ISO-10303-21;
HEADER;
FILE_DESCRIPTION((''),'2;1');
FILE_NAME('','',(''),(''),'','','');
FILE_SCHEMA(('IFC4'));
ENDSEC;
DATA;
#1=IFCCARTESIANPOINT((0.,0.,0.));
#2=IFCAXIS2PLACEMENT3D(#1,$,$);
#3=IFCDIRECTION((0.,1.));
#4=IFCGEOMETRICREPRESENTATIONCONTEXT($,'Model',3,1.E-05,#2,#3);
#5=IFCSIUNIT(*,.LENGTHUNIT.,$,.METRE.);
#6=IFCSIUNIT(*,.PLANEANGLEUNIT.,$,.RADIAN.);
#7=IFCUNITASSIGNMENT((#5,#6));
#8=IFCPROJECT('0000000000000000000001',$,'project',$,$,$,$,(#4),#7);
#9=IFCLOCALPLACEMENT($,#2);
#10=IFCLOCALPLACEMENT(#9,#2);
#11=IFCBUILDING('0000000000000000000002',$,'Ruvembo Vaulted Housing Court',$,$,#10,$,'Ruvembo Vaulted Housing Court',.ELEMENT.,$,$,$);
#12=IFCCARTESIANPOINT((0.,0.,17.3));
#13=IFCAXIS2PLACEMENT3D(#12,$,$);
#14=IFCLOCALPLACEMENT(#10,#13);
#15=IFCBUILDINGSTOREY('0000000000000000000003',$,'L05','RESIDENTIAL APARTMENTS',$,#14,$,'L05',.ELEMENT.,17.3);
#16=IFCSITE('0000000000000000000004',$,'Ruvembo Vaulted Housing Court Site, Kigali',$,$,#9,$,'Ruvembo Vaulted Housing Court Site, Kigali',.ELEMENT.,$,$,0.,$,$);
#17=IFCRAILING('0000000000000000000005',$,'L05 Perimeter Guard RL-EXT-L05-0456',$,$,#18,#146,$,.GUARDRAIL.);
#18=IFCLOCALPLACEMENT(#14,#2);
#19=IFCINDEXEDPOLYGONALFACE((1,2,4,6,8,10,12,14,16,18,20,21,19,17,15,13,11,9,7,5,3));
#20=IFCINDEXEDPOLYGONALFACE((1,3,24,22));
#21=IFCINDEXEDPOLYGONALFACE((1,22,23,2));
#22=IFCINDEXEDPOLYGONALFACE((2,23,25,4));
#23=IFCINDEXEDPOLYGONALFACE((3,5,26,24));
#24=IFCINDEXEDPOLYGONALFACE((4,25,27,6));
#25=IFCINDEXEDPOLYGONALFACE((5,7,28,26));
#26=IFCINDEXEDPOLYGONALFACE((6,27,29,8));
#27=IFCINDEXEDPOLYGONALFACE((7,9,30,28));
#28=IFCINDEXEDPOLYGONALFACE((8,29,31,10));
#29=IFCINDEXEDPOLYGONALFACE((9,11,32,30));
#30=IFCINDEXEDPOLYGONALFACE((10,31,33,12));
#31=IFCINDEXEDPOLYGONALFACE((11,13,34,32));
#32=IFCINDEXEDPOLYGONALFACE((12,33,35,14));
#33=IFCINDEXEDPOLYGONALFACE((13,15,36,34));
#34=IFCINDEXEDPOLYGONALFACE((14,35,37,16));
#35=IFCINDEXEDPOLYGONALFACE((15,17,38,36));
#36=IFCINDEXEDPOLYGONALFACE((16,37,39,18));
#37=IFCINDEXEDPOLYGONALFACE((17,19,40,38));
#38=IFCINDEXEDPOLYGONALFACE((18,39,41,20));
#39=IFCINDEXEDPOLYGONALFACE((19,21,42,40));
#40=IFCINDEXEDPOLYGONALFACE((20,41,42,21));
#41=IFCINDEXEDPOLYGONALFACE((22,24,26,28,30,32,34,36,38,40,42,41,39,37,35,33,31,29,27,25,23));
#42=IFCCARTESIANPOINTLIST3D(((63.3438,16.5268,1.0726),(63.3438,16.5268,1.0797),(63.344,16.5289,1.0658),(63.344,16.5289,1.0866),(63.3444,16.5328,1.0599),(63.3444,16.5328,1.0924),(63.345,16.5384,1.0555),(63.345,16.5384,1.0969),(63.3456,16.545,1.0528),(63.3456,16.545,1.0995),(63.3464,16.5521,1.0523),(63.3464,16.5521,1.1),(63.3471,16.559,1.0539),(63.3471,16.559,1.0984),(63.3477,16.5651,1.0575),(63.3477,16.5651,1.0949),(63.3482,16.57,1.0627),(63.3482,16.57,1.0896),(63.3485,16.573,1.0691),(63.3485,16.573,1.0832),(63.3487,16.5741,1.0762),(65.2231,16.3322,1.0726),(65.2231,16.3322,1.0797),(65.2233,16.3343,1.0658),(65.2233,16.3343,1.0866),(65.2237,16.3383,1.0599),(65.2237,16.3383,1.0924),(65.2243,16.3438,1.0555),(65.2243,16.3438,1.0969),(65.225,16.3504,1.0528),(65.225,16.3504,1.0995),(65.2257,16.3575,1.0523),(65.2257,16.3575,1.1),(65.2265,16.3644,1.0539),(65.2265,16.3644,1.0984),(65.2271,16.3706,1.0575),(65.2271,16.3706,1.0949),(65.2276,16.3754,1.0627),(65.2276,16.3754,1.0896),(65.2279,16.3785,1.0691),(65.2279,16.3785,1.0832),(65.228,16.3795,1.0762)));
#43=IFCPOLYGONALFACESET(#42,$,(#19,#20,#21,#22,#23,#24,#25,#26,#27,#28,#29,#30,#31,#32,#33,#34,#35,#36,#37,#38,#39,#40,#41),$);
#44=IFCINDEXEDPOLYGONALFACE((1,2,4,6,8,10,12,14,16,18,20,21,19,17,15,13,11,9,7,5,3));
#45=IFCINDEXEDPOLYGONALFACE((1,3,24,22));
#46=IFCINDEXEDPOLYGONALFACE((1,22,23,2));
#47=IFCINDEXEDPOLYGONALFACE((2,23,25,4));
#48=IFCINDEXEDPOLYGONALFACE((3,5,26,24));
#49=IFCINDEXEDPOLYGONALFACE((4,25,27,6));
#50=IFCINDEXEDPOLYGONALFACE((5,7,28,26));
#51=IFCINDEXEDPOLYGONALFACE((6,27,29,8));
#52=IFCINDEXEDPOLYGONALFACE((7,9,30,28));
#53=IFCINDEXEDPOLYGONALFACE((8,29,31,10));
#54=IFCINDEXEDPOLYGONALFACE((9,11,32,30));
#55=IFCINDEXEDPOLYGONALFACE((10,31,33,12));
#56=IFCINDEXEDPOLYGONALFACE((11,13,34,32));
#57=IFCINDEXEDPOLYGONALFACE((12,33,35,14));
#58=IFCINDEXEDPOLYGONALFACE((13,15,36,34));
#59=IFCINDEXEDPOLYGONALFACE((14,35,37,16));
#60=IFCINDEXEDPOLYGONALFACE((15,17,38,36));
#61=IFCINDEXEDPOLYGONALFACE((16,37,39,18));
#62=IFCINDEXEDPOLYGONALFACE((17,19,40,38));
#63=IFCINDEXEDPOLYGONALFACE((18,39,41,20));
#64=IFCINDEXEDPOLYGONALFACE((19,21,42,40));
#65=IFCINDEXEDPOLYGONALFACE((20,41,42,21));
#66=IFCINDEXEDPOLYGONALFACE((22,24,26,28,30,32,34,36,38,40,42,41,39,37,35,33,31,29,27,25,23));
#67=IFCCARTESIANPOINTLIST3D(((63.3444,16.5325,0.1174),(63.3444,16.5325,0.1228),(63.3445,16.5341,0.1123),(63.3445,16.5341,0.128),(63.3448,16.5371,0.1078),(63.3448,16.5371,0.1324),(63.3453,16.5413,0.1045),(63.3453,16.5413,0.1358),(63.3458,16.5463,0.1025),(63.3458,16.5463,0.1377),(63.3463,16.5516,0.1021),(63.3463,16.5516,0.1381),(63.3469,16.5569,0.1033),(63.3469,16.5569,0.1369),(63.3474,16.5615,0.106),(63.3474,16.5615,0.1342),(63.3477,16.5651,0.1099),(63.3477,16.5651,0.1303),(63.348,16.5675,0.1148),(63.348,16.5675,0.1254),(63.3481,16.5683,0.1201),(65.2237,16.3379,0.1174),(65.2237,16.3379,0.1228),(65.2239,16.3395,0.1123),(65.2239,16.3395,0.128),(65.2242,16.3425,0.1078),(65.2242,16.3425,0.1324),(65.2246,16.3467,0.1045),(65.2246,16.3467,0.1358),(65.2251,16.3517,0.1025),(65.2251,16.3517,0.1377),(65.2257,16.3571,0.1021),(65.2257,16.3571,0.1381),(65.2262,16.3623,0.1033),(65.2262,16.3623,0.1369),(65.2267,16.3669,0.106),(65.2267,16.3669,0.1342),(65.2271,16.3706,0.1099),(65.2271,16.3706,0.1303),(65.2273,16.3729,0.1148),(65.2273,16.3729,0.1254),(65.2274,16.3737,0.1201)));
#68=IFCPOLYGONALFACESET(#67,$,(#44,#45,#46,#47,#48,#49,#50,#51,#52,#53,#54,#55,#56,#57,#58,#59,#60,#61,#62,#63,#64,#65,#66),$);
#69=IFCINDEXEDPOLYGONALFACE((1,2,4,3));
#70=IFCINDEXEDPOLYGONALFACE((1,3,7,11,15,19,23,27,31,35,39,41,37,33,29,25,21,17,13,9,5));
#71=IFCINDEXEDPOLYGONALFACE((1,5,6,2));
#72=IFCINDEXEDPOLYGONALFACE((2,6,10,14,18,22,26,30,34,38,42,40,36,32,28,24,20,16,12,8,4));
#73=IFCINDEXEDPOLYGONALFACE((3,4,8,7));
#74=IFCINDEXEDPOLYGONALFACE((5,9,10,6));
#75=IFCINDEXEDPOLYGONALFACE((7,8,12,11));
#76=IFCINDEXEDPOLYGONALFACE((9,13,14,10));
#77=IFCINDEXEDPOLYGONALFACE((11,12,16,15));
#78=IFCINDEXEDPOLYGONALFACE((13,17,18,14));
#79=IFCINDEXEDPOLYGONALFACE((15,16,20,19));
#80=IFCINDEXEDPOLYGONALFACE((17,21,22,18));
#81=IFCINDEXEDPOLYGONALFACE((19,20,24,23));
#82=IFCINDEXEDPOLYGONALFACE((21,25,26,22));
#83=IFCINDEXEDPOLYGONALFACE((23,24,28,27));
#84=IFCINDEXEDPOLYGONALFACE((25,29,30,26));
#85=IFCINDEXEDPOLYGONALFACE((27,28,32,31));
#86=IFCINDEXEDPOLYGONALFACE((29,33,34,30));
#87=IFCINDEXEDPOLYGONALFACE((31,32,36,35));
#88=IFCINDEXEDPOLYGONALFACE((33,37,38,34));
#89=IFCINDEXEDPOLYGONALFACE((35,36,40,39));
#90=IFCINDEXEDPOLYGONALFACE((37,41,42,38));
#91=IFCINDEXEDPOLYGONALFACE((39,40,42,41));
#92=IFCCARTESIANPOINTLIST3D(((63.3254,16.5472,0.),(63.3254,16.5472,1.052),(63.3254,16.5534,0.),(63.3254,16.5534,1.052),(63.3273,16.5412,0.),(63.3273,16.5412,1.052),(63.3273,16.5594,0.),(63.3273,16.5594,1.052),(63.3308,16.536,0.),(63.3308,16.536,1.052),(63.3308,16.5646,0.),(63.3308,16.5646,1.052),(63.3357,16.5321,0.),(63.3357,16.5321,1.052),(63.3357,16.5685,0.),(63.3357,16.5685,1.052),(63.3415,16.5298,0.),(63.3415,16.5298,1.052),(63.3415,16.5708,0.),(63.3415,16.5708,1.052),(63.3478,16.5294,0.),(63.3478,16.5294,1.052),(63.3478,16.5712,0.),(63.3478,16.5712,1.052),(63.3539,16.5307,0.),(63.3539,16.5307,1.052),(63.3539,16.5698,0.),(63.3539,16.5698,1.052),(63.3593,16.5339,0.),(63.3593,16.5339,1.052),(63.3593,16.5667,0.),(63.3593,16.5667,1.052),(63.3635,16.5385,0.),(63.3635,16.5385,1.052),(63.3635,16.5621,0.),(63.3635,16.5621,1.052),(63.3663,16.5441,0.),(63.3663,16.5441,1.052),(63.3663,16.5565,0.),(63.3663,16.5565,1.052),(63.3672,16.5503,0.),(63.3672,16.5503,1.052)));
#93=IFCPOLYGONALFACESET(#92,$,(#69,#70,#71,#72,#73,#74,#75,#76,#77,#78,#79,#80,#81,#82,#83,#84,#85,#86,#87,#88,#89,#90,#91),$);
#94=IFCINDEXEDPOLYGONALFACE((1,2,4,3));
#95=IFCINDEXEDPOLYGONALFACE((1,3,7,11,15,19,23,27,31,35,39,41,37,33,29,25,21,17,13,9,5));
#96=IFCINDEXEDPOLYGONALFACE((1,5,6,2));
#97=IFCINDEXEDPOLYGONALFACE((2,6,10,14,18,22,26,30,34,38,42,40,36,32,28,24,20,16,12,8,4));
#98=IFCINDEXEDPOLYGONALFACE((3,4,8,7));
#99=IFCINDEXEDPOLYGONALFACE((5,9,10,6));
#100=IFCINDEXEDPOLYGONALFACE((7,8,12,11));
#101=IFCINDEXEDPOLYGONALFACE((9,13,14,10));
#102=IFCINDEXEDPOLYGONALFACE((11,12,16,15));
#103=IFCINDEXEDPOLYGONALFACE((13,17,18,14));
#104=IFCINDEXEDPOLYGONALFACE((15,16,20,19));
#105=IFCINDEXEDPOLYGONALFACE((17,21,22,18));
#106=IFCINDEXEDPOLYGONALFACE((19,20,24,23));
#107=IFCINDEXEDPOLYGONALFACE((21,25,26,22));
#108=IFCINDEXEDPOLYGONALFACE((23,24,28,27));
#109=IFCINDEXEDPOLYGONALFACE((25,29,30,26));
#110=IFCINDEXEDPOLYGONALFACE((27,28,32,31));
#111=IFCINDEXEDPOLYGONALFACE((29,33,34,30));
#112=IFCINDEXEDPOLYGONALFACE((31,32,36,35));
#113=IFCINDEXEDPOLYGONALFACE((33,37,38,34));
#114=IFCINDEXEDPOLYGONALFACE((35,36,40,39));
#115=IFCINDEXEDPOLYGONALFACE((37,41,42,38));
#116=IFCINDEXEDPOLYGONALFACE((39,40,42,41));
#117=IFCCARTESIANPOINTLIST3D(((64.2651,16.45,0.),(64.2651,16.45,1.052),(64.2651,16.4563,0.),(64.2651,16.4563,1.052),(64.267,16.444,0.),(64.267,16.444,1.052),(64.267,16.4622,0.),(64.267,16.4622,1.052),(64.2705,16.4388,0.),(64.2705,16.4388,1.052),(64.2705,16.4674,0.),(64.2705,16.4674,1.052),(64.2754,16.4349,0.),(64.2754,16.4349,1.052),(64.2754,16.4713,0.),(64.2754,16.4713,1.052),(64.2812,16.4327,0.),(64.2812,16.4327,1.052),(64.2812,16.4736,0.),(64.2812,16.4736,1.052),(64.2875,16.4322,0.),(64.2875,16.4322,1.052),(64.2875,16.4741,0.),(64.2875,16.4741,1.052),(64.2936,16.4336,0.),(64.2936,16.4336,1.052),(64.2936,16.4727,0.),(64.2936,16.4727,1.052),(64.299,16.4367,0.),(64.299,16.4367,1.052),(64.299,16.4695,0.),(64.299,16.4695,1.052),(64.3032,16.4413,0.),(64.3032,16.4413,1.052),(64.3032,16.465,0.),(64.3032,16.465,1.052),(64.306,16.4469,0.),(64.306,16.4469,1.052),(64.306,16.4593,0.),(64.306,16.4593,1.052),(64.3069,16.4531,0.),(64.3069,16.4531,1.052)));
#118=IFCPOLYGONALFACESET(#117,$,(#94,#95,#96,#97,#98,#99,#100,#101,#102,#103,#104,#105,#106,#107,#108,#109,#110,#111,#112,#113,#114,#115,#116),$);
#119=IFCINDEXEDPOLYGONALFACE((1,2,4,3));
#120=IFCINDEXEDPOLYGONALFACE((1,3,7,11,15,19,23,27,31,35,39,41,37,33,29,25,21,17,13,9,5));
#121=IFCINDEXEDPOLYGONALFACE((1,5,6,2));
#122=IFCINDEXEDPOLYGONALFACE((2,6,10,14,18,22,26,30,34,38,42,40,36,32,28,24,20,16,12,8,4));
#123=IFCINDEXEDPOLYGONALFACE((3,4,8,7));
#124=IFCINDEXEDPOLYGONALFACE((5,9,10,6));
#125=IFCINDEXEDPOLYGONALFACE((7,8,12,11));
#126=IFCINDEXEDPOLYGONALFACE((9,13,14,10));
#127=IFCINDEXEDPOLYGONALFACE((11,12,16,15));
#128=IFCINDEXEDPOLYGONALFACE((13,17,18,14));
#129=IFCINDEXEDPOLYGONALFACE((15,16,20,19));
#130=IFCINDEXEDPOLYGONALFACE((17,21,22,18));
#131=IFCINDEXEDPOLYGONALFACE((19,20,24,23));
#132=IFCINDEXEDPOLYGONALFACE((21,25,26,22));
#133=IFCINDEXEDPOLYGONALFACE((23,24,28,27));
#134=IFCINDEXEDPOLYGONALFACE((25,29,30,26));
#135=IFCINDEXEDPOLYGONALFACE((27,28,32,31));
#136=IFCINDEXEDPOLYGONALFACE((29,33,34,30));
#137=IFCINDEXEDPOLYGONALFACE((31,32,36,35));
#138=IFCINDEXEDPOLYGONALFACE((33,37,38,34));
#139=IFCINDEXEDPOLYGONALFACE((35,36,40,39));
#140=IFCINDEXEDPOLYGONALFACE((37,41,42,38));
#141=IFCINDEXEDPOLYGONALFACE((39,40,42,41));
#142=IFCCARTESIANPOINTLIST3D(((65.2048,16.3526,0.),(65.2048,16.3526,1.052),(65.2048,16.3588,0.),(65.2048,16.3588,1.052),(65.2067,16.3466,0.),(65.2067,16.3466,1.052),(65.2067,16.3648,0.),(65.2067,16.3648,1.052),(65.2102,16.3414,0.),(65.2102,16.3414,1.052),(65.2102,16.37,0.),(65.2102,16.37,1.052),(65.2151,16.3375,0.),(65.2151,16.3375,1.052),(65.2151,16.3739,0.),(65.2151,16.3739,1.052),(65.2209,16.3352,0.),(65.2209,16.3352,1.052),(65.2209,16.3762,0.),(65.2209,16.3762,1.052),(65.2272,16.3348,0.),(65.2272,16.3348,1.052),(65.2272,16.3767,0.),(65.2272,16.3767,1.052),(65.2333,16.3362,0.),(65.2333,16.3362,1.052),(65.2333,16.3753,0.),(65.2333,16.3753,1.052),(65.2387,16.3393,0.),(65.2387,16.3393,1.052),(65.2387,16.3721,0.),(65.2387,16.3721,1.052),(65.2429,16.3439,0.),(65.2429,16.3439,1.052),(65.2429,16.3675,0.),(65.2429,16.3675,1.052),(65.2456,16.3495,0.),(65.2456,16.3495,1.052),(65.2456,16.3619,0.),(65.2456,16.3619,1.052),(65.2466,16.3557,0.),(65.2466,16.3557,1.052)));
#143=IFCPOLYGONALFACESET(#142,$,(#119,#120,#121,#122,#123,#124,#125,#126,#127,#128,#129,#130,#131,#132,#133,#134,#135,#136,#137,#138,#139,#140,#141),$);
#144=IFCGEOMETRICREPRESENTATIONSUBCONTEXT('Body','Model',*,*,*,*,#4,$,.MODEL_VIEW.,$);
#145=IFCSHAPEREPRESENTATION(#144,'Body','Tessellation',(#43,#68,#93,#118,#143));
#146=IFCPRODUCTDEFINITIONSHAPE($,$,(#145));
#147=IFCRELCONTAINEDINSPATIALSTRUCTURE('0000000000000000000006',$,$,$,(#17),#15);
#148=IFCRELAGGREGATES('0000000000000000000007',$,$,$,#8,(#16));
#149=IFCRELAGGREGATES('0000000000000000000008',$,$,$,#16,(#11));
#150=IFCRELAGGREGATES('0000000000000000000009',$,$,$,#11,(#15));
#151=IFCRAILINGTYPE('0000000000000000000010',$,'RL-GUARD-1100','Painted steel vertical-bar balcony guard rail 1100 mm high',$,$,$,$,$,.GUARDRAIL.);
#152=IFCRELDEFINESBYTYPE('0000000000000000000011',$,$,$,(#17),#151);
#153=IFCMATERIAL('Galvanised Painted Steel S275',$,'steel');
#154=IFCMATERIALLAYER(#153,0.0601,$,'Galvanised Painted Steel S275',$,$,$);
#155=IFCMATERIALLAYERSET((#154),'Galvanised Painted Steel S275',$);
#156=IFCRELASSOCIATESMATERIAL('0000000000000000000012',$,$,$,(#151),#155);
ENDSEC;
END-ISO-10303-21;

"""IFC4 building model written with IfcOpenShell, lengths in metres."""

from ifc_helpers import new_model, si_unit, direction, frame, origin, origin_2d, place, context, subcontext, project, spatial, circle, extrude, material, layer, layer_set, type_object, element, save


model = new_model("IFC4")

# Units and contexts
model_context = context("Model", 3, precision=1e-05, world=origin(), true_north=direction((0.0, 1.0)))
body_context = subcontext(model_context, "Body", "Model", "MODEL_VIEW")
ifc_project = project(units=[si_unit("LENGTHUNIT", "METRE"), si_unit("PLANEANGLEUNIT", "RADIAN")], contexts=[model_context])

# Site, building, storey
site_placement = place(None, origin())
site = spatial("IfcSite", under=ifc_project, at=site_placement, Name="Ruvembo Vaulted Housing Court Site, Kigali", LongName="Ruvembo Vaulted Housing Court Site, Kigali", CompositionType="ELEMENT", RefElevation=0.0)
building_placement = place(site_placement, origin())
building = spatial("IfcBuilding", under=site, at=building_placement, Name="Ruvembo Vaulted Housing Court", LongName="Ruvembo Vaulted Housing Court", CompositionType="ELEMENT")
storey_placement = place(building_placement, frame((0.0, 0.0, 17.3)))
storey = spatial("IfcBuildingStorey", under=building, at=storey_placement, Name="L05", Description="RESIDENTIAL APARTMENTS", LongName="L05", CompositionType="ELEMENT", Elevation=17.3)

# Railing
ifc_material_1 = material(Name="Galvanised Painted Steel S275", Category="steel")
ifc_layer = layer(ifc_material_1, 0.0601, Name="Galvanised Painted Steel S275")
ifc_layer_set = layer_set([ifc_layer], Name="Galvanised Painted Steel S275")
railing_type = type_object("IfcRailingType", Name="RL-GUARD-1100", Description="Painted steel vertical-bar balcony guard rail 1100 mm high", PredefinedType="GUARDRAIL", material=ifc_layer_set)
railing_1_placement = place(storey_placement, frame((63.3462, 16.5503, 0.0)))
element("IfcRailing", 1, at=railing_1_placement, inside=storey, type_object=railing_type, Name="L05 Perimeter Guard RL-EXT-L05-0456", PredefinedType="GUARDRAIL", context=body_context, shape_type="SweptSolid", body=[
    extrude(circle(Radius=0.0239, at=origin_2d()), frame((0.0, 0.0, 1.0762), z_axis=(0.994683, -0.102983, 0.0), x_axis=(0.102983, 0.994683, 0.0)), (0.0, 0.0, 1.0), 1.8894),
    extrude(circle(Radius=0.0181, at=origin_2d()), frame((0.0, 0.0, 0.1201), z_axis=(0.994683, -0.102983, 0.0), x_axis=(0.102983, 0.994683, 0.0)), (0.0, 0.0, 1.0), 1.8894),
    extrude(circle(Radius=0.021, at=origin_2d()), origin(), (0.0, 0.0, 1.0), 1.052),
    extrude(circle(Radius=0.021, at=origin_2d()), frame((0.9397, -0.0972, 0.0)), (0.0, 0.0, 1.0), 1.052),
    extrude(circle(Radius=0.021, at=origin_2d()), frame((1.8794, -0.1946, 0.0)), (0.0, 0.0, 1.0), 1.052),
])

save(model, "model.ifc")
